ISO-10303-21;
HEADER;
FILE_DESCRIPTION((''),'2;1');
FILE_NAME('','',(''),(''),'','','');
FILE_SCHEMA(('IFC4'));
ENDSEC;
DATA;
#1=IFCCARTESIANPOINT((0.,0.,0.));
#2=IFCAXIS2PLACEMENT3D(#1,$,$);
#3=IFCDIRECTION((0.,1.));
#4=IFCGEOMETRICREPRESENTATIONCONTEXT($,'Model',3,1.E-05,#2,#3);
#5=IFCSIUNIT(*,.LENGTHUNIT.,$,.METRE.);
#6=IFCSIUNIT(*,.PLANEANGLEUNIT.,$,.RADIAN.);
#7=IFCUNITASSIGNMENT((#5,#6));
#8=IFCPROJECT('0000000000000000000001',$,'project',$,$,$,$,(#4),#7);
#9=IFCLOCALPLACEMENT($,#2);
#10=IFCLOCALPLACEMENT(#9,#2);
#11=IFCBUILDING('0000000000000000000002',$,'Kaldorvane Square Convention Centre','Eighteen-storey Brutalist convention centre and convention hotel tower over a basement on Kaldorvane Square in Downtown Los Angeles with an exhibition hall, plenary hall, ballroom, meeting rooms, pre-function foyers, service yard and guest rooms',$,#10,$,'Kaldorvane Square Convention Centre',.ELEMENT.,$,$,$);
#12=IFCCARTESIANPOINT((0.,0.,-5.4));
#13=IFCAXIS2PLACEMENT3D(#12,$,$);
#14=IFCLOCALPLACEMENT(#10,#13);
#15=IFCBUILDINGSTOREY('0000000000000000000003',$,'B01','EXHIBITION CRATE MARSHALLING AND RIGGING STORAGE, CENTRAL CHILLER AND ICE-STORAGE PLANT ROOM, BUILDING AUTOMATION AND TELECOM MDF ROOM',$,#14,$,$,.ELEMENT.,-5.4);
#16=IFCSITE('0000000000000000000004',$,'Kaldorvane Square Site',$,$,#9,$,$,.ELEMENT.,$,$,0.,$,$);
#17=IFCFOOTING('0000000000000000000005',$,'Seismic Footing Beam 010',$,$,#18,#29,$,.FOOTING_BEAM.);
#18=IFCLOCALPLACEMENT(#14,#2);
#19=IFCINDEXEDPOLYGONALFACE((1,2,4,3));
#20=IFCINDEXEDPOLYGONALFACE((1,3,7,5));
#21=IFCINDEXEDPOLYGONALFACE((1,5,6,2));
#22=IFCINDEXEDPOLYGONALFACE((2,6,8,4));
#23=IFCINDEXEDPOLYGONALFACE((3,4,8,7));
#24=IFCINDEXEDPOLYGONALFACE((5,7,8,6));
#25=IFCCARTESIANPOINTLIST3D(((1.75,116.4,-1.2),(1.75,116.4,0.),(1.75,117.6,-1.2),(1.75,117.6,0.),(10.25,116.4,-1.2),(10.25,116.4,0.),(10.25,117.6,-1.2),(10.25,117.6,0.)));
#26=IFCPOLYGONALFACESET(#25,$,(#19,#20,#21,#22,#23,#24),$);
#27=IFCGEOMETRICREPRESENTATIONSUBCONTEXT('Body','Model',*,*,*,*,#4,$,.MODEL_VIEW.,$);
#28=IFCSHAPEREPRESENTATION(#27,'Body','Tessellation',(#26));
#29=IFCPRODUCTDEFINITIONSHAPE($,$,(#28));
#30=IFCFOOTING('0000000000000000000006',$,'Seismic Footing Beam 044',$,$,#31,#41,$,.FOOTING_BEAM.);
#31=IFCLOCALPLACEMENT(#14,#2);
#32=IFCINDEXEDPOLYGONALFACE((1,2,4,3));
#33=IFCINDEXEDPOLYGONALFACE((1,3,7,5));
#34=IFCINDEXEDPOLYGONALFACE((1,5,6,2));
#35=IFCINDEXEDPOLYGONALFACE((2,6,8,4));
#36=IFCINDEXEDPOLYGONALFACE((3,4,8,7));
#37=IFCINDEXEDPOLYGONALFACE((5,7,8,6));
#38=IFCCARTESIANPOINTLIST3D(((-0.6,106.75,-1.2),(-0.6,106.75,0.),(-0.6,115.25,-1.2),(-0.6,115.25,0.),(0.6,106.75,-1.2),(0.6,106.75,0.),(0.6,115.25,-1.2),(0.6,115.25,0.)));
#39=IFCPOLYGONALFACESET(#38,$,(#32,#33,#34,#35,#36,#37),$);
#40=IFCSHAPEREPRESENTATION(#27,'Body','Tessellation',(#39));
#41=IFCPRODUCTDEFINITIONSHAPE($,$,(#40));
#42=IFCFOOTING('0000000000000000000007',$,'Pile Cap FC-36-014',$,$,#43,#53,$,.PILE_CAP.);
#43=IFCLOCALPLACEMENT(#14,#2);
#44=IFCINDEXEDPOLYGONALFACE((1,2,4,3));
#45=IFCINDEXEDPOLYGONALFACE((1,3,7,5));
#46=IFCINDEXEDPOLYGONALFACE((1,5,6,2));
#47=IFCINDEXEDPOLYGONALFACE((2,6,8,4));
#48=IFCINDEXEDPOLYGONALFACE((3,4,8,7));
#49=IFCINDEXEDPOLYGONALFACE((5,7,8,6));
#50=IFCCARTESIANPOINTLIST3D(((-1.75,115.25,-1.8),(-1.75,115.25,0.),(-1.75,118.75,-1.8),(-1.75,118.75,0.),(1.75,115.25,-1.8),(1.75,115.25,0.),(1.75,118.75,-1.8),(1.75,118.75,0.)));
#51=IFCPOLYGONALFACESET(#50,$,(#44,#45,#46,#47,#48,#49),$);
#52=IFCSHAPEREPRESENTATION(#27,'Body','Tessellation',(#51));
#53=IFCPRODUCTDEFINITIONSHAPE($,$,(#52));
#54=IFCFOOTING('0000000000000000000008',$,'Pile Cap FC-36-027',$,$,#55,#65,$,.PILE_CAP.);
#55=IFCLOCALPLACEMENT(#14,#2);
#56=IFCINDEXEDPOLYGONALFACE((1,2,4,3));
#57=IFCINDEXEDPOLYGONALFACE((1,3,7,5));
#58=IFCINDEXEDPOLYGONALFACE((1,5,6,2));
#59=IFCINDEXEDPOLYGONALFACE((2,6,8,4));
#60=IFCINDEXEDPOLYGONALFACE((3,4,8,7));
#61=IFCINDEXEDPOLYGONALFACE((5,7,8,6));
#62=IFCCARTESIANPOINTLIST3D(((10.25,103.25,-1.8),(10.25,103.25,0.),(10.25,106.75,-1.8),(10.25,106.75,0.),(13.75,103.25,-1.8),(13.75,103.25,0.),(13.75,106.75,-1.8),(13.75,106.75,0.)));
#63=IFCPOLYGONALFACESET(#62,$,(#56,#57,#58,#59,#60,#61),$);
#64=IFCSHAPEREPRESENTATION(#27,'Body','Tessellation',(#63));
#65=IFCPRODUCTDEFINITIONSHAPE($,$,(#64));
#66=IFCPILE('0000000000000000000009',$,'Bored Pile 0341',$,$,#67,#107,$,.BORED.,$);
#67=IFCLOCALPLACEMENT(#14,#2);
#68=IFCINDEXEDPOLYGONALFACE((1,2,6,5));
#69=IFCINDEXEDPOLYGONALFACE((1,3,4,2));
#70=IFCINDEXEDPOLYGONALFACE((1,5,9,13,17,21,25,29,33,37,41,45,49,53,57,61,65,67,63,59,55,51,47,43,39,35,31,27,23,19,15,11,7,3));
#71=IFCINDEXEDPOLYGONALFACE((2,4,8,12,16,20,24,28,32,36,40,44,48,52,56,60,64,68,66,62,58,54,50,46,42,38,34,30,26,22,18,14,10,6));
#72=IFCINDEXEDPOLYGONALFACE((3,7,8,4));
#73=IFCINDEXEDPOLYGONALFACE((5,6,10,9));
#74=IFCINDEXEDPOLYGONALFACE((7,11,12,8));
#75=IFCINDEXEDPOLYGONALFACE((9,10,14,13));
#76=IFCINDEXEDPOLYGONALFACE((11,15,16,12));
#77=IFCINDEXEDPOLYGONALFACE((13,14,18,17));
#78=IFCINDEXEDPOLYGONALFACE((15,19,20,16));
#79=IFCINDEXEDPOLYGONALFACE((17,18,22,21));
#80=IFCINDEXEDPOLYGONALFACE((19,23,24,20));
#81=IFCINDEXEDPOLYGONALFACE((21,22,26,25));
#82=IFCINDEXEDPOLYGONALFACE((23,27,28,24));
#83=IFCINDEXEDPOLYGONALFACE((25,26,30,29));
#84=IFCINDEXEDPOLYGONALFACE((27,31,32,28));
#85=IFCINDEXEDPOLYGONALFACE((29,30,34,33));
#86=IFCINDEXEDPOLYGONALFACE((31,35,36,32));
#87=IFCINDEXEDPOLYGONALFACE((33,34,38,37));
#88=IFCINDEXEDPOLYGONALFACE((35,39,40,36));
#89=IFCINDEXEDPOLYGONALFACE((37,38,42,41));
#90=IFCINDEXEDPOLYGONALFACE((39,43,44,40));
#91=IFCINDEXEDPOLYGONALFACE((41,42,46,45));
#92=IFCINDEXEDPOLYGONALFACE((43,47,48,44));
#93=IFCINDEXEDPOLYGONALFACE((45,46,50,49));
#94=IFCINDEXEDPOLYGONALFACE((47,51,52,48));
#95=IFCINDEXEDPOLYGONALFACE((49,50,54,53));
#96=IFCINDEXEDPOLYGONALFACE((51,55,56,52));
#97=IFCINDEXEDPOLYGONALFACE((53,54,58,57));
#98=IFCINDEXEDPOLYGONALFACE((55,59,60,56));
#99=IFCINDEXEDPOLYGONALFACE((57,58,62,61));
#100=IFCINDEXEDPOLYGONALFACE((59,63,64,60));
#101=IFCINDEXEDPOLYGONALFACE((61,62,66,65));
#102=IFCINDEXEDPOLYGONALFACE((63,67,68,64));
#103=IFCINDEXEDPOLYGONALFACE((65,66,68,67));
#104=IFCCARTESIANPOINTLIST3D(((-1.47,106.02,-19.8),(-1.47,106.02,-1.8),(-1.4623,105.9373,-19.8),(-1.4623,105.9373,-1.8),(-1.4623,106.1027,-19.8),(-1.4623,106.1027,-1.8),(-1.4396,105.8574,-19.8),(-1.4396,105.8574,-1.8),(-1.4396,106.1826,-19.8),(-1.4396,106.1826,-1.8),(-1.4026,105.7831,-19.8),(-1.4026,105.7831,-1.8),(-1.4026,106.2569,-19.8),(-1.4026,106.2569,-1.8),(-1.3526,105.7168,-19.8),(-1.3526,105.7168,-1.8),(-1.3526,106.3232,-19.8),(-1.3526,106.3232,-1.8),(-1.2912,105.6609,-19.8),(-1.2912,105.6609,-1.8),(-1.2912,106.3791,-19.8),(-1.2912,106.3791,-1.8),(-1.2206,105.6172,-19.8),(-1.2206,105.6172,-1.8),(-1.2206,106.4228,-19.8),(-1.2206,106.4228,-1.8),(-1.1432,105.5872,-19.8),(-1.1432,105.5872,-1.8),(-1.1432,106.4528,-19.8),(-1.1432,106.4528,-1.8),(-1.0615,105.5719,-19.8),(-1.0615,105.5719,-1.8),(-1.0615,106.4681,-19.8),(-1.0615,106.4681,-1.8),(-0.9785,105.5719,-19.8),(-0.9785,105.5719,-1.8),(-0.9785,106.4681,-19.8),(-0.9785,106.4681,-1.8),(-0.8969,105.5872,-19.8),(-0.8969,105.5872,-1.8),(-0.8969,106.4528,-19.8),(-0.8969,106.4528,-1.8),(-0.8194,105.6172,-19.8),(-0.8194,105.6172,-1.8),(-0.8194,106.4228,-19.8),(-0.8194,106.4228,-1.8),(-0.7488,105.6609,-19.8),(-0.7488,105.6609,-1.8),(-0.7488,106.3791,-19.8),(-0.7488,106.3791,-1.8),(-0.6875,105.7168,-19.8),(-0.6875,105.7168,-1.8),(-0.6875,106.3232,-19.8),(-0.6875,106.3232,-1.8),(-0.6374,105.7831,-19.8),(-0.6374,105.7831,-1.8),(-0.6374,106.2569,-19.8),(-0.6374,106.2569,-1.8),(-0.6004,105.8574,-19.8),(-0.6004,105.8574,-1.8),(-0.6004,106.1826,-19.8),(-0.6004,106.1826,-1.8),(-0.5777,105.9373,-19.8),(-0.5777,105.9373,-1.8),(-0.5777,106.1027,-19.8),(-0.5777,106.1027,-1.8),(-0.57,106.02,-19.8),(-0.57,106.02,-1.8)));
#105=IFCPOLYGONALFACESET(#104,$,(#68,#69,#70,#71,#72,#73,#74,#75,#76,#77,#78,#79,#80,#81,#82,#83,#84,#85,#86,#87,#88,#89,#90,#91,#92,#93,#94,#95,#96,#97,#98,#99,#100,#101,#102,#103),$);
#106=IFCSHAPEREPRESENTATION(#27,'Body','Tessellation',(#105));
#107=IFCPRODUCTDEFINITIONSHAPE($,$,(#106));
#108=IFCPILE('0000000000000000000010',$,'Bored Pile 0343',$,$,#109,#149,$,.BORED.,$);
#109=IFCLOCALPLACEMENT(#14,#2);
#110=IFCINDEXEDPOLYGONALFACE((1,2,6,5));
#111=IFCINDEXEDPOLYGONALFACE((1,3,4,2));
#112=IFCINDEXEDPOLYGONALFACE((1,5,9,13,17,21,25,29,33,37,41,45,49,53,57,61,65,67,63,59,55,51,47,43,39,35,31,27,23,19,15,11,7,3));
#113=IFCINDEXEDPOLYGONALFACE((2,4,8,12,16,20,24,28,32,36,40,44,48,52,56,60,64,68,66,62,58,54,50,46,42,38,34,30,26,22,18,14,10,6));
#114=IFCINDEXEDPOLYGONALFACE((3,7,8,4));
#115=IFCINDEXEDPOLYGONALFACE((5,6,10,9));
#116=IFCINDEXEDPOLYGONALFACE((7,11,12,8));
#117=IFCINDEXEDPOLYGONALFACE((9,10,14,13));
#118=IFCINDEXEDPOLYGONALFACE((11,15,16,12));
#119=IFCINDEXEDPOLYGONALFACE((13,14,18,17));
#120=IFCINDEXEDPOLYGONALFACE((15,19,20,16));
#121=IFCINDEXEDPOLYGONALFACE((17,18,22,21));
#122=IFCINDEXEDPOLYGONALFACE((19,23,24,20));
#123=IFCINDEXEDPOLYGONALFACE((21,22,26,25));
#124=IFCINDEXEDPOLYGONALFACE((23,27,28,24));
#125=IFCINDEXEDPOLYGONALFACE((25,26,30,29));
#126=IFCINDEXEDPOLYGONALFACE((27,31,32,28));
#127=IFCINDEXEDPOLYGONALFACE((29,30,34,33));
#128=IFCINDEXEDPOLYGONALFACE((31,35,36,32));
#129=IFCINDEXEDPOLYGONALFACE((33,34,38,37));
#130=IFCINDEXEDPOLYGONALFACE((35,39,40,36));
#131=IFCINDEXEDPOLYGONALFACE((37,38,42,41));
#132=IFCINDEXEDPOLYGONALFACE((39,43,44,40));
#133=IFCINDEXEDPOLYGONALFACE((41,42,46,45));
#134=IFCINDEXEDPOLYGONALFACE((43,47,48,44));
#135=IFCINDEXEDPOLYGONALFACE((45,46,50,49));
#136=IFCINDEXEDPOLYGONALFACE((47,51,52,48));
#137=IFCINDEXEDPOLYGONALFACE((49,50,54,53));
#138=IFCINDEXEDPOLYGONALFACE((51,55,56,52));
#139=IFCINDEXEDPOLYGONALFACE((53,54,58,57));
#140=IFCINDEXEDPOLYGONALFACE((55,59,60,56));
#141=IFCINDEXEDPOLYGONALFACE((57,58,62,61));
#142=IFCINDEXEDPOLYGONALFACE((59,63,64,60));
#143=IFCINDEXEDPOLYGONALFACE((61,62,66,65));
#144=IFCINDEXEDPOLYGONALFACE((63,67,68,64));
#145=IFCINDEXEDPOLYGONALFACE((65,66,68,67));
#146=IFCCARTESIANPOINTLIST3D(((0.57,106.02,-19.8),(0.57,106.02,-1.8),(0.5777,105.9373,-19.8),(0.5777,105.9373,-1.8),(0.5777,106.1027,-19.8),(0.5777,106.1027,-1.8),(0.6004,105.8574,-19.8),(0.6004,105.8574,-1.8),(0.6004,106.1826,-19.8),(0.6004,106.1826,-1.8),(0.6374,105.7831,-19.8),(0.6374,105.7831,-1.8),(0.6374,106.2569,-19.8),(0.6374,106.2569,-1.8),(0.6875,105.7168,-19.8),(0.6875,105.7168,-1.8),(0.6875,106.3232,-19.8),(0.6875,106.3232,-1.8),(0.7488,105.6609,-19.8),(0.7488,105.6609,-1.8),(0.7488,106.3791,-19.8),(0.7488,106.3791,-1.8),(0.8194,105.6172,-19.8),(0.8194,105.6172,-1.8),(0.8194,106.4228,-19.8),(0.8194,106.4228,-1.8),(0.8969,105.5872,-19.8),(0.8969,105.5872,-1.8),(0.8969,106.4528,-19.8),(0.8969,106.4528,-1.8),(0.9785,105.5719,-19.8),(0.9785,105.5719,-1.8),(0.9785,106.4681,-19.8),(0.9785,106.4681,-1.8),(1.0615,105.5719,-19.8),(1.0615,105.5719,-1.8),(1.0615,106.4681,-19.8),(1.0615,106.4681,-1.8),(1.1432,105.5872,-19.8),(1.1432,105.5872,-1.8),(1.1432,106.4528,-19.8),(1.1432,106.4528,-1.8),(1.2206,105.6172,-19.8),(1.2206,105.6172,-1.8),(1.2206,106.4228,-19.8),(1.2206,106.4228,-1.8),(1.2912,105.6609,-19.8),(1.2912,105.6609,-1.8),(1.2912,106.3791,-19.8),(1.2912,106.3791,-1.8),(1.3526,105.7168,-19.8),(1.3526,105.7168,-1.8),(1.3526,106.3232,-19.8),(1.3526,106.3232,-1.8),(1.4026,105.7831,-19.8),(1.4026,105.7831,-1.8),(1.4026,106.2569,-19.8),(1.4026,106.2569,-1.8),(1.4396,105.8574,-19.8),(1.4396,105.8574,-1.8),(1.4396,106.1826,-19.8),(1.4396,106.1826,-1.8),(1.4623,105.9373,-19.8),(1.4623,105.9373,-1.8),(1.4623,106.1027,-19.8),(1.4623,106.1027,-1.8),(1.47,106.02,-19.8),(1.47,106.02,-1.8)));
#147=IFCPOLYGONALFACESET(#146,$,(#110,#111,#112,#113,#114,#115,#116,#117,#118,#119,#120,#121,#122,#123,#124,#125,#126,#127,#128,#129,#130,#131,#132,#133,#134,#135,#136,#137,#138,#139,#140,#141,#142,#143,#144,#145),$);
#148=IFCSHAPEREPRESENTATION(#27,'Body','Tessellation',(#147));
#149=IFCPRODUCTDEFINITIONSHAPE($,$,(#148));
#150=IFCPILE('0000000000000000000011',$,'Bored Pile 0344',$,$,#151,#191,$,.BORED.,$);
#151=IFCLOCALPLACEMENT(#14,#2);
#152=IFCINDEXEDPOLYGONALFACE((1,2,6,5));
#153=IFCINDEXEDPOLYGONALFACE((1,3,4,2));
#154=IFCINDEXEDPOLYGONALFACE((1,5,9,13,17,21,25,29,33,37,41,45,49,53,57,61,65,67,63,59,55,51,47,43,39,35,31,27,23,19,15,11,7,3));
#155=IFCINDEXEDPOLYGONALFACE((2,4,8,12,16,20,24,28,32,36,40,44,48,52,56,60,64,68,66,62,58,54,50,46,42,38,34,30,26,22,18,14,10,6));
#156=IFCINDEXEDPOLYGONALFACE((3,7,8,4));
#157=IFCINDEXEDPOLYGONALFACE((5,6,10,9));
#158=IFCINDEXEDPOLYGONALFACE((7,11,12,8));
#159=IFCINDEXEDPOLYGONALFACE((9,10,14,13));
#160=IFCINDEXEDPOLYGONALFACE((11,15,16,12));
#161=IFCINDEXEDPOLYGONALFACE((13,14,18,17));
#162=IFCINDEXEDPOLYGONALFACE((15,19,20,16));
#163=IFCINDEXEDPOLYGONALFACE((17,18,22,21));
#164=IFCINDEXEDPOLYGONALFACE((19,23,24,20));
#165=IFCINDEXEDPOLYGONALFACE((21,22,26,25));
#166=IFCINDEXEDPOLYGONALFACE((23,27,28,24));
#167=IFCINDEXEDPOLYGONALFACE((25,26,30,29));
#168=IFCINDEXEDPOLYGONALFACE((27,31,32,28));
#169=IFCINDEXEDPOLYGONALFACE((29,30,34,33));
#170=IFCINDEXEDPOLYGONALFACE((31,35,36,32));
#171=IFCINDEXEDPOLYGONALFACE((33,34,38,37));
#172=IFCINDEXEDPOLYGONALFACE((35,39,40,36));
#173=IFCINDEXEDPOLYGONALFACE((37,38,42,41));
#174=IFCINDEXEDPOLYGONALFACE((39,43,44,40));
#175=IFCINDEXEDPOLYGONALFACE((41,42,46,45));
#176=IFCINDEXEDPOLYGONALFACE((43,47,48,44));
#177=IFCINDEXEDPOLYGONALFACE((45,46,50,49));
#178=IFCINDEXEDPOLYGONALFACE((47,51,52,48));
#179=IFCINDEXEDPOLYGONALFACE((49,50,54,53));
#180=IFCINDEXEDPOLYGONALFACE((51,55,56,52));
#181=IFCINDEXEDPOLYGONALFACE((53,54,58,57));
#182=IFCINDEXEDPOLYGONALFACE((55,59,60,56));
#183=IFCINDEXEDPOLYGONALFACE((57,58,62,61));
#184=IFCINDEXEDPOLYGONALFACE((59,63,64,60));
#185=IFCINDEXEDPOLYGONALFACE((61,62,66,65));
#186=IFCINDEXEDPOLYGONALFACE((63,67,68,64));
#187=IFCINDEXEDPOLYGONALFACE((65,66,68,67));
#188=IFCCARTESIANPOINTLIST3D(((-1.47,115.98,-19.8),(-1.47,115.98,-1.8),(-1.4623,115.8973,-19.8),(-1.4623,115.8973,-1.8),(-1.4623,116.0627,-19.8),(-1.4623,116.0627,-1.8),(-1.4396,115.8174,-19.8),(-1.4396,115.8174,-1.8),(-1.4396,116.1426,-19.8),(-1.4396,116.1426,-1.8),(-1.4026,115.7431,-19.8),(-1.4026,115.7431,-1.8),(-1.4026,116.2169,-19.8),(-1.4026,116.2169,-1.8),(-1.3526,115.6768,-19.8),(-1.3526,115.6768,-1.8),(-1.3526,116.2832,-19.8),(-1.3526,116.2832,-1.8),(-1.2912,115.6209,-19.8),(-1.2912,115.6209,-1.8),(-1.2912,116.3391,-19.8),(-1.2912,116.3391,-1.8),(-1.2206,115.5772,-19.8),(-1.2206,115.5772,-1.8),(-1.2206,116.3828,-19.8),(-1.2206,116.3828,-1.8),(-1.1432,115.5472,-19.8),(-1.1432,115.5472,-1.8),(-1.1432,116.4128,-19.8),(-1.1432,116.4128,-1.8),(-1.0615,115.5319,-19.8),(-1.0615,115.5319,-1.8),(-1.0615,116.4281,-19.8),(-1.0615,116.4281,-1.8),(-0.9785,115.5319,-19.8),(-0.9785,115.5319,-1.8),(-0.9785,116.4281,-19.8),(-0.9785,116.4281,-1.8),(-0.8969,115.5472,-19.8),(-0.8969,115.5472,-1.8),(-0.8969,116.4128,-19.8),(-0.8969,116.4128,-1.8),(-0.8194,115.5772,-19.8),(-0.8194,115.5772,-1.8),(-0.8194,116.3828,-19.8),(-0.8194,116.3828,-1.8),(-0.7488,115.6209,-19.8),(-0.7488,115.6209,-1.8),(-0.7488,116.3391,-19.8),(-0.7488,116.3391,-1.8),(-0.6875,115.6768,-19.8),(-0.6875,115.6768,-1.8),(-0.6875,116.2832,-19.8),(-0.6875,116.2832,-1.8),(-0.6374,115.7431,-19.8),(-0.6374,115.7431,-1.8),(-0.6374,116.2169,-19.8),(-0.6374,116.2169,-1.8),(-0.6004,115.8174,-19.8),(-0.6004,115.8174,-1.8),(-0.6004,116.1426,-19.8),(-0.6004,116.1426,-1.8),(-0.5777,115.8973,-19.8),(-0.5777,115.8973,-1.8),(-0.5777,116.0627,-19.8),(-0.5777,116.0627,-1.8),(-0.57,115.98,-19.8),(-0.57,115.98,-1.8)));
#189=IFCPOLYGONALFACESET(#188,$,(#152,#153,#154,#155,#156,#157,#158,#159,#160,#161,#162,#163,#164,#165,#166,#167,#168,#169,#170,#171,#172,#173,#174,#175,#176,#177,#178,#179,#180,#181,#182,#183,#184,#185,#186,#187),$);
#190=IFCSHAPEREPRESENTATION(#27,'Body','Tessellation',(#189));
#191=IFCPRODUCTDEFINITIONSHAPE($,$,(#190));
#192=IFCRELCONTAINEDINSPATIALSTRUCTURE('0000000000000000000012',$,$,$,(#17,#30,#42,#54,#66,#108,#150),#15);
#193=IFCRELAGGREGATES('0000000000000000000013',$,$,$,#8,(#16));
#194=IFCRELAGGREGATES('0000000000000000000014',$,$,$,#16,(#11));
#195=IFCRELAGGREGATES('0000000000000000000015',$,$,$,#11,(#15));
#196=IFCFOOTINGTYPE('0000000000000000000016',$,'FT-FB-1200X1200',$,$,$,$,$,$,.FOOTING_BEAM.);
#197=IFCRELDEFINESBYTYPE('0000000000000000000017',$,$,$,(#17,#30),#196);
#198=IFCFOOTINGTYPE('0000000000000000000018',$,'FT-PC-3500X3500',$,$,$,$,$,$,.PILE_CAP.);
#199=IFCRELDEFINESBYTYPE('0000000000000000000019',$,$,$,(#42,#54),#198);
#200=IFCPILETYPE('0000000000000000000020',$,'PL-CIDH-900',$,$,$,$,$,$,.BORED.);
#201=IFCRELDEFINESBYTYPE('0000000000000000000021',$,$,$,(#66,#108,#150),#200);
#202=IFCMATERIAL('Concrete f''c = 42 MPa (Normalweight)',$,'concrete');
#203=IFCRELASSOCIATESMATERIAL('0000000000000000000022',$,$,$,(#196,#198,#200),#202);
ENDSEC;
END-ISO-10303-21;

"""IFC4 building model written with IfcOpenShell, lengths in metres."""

from ifc_helpers import new_model, si_unit, direction, frame, origin, origin_2d, place, context, subcontext, project, spatial, rectangle, circle, extrude, material, material_profile, profile_set, type_object, element, save


model = new_model("IFC4")

# Units and contexts
model_context = context("Model", 3, precision=1e-05, world=origin(), true_north=direction((0.0, 1.0)))
body_context = subcontext(model_context, "Body", "Model", "MODEL_VIEW")
ifc_project = project(units=[si_unit("LENGTHUNIT", "METRE"), si_unit("PLANEANGLEUNIT", "RADIAN")], contexts=[model_context])

# Site, building, storey
site_placement = place(None, origin())
site = spatial("IfcSite", under=ifc_project, at=site_placement, Name="Kaldorvane Square Site", CompositionType="ELEMENT", RefElevation=0.0)
building_placement = place(site_placement, origin())
building = spatial("IfcBuilding", under=site, at=building_placement, Name="Kaldorvane Square Convention Centre", Description="Eighteen-storey Brutalist convention centre and convention hotel tower over a basement on Kaldorvane Square in Downtown Los Angeles with an exhibition hall, plenary hall, ballroom, meeting rooms, pre-function foyers, service yard and guest rooms", LongName="Kaldorvane Square Convention Centre", CompositionType="ELEMENT")
storey_placement = place(building_placement, frame((0.0, 0.0, -5.4)))
storey = spatial("IfcBuildingStorey", under=building, at=storey_placement, Name="B01", Description="EXHIBITION CRATE MARSHALLING AND RIGGING STORAGE, CENTRAL CHILLER AND ICE-STORAGE PLANT ROOM, BUILDING AUTOMATION AND TELECOM MDF ROOM", CompositionType="ELEMENT", Elevation=-5.4)

# Footings
ifc_material_1 = material(Name="Concrete f'c = 42 MPa (Normalweight)", Category="concrete")
footing_type_1 = type_object("IfcFootingType", Name="FT-FB-1200X1200", PredefinedType="FOOTING_BEAM", material=ifc_material_1)
footing_1_placement = place(storey_placement, frame((6.0, 117.0, -1.2), z_axis=(0.0, 0.0, 1.0), x_axis=(1.0, 0.0, 0.0)))
element("IfcFooting", 1, at=footing_1_placement, inside=storey, type_object=footing_type_1, Name="Seismic Footing Beam 010", PredefinedType="FOOTING_BEAM", context=body_context, shape_type="SweptSolid", body=[
    extrude(rectangle(XDim=8.5, YDim=1.2, at=origin_2d()), origin(), (0.0, 0.0, 1.0), 1.2),
])
footing_2_placement = place(storey_placement, frame((0.0, 111.0, -1.2), z_axis=(0.0, 0.0, 1.0), x_axis=(1.0, 0.0, 0.0)))
element("IfcFooting", 2, at=footing_2_placement, inside=storey, type_object=footing_type_1, Name="Seismic Footing Beam 044", PredefinedType="FOOTING_BEAM", context=body_context, shape_type="SweptSolid", body=[
    extrude(rectangle(XDim=1.2, YDim=8.5, at=origin_2d()), origin(), (0.0, 0.0, 1.0), 1.2),
])
footing_type_2 = type_object("IfcFootingType", Name="FT-PC-3500X3500", PredefinedType="PILE_CAP", material=ifc_material_1)
for number, where, z_axis, x_axis, name in (
    (3, (0.0, 117.0, -1.8), (0.0, 0.0, 1.0), (1.0, 0.0, 0.0), "Pile Cap FC-36-014"),
    (4, (12.0, 105.0, -1.8), (0.0, 0.0, 1.0), (1.0, 0.0, 0.0), "Pile Cap FC-36-027"),
):
    element("IfcFooting", number, at=place(storey_placement, frame(where, z_axis=z_axis, x_axis=x_axis)), inside=storey, type_object=footing_type_2, Name=name, PredefinedType="PILE_CAP", context=body_context, shape_type="SweptSolid", body=[
        extrude(rectangle(XDim=3.5, YDim=3.5, at=origin_2d()), origin(), (0.0, 0.0, 1.0), 1.8),
    ])

# Piles
ifc_material_profile_1 = material_profile(ifc_material_1, circle(Radius=0.45, at=origin_2d()), Name="PILE-D900")
ifc_profile_set_1 = profile_set([ifc_material_profile_1], Name="Concrete f'c = 42 MPa (Normalweight)")
pile_type = type_object("IfcPileType", Name="PL-CIDH-900", PredefinedType="BORED", material=ifc_profile_set_1)
for number, where, z_axis, x_axis, name in (
    (5, (-1.02, 106.02, -1.8), (0.0, 0.0, -1.0), (1.0, 0.0, 0.0), "Bored Pile 0341"),
    (6, (1.02, 106.02, -1.8), (0.0, 0.0, -1.0), (1.0, 0.0, 0.0), "Bored Pile 0343"),
    (7, (-1.02, 115.98, -1.8), (0.0, 0.0, -1.0), (1.0, 0.0, 0.0), "Bored Pile 0344"),
):
    element("IfcPile", number, at=place(storey_placement, frame(where, z_axis=z_axis, x_axis=x_axis)), inside=storey, type_object=pile_type, Name=name, PredefinedType="BORED", context=body_context, shape_type="SweptSolid", body=[
        extrude(circle(Radius=0.45, at=origin_2d()), origin(), (0.0, 0.0, 1.0), 18.0),
    ])

save(model, "model.ifc")
